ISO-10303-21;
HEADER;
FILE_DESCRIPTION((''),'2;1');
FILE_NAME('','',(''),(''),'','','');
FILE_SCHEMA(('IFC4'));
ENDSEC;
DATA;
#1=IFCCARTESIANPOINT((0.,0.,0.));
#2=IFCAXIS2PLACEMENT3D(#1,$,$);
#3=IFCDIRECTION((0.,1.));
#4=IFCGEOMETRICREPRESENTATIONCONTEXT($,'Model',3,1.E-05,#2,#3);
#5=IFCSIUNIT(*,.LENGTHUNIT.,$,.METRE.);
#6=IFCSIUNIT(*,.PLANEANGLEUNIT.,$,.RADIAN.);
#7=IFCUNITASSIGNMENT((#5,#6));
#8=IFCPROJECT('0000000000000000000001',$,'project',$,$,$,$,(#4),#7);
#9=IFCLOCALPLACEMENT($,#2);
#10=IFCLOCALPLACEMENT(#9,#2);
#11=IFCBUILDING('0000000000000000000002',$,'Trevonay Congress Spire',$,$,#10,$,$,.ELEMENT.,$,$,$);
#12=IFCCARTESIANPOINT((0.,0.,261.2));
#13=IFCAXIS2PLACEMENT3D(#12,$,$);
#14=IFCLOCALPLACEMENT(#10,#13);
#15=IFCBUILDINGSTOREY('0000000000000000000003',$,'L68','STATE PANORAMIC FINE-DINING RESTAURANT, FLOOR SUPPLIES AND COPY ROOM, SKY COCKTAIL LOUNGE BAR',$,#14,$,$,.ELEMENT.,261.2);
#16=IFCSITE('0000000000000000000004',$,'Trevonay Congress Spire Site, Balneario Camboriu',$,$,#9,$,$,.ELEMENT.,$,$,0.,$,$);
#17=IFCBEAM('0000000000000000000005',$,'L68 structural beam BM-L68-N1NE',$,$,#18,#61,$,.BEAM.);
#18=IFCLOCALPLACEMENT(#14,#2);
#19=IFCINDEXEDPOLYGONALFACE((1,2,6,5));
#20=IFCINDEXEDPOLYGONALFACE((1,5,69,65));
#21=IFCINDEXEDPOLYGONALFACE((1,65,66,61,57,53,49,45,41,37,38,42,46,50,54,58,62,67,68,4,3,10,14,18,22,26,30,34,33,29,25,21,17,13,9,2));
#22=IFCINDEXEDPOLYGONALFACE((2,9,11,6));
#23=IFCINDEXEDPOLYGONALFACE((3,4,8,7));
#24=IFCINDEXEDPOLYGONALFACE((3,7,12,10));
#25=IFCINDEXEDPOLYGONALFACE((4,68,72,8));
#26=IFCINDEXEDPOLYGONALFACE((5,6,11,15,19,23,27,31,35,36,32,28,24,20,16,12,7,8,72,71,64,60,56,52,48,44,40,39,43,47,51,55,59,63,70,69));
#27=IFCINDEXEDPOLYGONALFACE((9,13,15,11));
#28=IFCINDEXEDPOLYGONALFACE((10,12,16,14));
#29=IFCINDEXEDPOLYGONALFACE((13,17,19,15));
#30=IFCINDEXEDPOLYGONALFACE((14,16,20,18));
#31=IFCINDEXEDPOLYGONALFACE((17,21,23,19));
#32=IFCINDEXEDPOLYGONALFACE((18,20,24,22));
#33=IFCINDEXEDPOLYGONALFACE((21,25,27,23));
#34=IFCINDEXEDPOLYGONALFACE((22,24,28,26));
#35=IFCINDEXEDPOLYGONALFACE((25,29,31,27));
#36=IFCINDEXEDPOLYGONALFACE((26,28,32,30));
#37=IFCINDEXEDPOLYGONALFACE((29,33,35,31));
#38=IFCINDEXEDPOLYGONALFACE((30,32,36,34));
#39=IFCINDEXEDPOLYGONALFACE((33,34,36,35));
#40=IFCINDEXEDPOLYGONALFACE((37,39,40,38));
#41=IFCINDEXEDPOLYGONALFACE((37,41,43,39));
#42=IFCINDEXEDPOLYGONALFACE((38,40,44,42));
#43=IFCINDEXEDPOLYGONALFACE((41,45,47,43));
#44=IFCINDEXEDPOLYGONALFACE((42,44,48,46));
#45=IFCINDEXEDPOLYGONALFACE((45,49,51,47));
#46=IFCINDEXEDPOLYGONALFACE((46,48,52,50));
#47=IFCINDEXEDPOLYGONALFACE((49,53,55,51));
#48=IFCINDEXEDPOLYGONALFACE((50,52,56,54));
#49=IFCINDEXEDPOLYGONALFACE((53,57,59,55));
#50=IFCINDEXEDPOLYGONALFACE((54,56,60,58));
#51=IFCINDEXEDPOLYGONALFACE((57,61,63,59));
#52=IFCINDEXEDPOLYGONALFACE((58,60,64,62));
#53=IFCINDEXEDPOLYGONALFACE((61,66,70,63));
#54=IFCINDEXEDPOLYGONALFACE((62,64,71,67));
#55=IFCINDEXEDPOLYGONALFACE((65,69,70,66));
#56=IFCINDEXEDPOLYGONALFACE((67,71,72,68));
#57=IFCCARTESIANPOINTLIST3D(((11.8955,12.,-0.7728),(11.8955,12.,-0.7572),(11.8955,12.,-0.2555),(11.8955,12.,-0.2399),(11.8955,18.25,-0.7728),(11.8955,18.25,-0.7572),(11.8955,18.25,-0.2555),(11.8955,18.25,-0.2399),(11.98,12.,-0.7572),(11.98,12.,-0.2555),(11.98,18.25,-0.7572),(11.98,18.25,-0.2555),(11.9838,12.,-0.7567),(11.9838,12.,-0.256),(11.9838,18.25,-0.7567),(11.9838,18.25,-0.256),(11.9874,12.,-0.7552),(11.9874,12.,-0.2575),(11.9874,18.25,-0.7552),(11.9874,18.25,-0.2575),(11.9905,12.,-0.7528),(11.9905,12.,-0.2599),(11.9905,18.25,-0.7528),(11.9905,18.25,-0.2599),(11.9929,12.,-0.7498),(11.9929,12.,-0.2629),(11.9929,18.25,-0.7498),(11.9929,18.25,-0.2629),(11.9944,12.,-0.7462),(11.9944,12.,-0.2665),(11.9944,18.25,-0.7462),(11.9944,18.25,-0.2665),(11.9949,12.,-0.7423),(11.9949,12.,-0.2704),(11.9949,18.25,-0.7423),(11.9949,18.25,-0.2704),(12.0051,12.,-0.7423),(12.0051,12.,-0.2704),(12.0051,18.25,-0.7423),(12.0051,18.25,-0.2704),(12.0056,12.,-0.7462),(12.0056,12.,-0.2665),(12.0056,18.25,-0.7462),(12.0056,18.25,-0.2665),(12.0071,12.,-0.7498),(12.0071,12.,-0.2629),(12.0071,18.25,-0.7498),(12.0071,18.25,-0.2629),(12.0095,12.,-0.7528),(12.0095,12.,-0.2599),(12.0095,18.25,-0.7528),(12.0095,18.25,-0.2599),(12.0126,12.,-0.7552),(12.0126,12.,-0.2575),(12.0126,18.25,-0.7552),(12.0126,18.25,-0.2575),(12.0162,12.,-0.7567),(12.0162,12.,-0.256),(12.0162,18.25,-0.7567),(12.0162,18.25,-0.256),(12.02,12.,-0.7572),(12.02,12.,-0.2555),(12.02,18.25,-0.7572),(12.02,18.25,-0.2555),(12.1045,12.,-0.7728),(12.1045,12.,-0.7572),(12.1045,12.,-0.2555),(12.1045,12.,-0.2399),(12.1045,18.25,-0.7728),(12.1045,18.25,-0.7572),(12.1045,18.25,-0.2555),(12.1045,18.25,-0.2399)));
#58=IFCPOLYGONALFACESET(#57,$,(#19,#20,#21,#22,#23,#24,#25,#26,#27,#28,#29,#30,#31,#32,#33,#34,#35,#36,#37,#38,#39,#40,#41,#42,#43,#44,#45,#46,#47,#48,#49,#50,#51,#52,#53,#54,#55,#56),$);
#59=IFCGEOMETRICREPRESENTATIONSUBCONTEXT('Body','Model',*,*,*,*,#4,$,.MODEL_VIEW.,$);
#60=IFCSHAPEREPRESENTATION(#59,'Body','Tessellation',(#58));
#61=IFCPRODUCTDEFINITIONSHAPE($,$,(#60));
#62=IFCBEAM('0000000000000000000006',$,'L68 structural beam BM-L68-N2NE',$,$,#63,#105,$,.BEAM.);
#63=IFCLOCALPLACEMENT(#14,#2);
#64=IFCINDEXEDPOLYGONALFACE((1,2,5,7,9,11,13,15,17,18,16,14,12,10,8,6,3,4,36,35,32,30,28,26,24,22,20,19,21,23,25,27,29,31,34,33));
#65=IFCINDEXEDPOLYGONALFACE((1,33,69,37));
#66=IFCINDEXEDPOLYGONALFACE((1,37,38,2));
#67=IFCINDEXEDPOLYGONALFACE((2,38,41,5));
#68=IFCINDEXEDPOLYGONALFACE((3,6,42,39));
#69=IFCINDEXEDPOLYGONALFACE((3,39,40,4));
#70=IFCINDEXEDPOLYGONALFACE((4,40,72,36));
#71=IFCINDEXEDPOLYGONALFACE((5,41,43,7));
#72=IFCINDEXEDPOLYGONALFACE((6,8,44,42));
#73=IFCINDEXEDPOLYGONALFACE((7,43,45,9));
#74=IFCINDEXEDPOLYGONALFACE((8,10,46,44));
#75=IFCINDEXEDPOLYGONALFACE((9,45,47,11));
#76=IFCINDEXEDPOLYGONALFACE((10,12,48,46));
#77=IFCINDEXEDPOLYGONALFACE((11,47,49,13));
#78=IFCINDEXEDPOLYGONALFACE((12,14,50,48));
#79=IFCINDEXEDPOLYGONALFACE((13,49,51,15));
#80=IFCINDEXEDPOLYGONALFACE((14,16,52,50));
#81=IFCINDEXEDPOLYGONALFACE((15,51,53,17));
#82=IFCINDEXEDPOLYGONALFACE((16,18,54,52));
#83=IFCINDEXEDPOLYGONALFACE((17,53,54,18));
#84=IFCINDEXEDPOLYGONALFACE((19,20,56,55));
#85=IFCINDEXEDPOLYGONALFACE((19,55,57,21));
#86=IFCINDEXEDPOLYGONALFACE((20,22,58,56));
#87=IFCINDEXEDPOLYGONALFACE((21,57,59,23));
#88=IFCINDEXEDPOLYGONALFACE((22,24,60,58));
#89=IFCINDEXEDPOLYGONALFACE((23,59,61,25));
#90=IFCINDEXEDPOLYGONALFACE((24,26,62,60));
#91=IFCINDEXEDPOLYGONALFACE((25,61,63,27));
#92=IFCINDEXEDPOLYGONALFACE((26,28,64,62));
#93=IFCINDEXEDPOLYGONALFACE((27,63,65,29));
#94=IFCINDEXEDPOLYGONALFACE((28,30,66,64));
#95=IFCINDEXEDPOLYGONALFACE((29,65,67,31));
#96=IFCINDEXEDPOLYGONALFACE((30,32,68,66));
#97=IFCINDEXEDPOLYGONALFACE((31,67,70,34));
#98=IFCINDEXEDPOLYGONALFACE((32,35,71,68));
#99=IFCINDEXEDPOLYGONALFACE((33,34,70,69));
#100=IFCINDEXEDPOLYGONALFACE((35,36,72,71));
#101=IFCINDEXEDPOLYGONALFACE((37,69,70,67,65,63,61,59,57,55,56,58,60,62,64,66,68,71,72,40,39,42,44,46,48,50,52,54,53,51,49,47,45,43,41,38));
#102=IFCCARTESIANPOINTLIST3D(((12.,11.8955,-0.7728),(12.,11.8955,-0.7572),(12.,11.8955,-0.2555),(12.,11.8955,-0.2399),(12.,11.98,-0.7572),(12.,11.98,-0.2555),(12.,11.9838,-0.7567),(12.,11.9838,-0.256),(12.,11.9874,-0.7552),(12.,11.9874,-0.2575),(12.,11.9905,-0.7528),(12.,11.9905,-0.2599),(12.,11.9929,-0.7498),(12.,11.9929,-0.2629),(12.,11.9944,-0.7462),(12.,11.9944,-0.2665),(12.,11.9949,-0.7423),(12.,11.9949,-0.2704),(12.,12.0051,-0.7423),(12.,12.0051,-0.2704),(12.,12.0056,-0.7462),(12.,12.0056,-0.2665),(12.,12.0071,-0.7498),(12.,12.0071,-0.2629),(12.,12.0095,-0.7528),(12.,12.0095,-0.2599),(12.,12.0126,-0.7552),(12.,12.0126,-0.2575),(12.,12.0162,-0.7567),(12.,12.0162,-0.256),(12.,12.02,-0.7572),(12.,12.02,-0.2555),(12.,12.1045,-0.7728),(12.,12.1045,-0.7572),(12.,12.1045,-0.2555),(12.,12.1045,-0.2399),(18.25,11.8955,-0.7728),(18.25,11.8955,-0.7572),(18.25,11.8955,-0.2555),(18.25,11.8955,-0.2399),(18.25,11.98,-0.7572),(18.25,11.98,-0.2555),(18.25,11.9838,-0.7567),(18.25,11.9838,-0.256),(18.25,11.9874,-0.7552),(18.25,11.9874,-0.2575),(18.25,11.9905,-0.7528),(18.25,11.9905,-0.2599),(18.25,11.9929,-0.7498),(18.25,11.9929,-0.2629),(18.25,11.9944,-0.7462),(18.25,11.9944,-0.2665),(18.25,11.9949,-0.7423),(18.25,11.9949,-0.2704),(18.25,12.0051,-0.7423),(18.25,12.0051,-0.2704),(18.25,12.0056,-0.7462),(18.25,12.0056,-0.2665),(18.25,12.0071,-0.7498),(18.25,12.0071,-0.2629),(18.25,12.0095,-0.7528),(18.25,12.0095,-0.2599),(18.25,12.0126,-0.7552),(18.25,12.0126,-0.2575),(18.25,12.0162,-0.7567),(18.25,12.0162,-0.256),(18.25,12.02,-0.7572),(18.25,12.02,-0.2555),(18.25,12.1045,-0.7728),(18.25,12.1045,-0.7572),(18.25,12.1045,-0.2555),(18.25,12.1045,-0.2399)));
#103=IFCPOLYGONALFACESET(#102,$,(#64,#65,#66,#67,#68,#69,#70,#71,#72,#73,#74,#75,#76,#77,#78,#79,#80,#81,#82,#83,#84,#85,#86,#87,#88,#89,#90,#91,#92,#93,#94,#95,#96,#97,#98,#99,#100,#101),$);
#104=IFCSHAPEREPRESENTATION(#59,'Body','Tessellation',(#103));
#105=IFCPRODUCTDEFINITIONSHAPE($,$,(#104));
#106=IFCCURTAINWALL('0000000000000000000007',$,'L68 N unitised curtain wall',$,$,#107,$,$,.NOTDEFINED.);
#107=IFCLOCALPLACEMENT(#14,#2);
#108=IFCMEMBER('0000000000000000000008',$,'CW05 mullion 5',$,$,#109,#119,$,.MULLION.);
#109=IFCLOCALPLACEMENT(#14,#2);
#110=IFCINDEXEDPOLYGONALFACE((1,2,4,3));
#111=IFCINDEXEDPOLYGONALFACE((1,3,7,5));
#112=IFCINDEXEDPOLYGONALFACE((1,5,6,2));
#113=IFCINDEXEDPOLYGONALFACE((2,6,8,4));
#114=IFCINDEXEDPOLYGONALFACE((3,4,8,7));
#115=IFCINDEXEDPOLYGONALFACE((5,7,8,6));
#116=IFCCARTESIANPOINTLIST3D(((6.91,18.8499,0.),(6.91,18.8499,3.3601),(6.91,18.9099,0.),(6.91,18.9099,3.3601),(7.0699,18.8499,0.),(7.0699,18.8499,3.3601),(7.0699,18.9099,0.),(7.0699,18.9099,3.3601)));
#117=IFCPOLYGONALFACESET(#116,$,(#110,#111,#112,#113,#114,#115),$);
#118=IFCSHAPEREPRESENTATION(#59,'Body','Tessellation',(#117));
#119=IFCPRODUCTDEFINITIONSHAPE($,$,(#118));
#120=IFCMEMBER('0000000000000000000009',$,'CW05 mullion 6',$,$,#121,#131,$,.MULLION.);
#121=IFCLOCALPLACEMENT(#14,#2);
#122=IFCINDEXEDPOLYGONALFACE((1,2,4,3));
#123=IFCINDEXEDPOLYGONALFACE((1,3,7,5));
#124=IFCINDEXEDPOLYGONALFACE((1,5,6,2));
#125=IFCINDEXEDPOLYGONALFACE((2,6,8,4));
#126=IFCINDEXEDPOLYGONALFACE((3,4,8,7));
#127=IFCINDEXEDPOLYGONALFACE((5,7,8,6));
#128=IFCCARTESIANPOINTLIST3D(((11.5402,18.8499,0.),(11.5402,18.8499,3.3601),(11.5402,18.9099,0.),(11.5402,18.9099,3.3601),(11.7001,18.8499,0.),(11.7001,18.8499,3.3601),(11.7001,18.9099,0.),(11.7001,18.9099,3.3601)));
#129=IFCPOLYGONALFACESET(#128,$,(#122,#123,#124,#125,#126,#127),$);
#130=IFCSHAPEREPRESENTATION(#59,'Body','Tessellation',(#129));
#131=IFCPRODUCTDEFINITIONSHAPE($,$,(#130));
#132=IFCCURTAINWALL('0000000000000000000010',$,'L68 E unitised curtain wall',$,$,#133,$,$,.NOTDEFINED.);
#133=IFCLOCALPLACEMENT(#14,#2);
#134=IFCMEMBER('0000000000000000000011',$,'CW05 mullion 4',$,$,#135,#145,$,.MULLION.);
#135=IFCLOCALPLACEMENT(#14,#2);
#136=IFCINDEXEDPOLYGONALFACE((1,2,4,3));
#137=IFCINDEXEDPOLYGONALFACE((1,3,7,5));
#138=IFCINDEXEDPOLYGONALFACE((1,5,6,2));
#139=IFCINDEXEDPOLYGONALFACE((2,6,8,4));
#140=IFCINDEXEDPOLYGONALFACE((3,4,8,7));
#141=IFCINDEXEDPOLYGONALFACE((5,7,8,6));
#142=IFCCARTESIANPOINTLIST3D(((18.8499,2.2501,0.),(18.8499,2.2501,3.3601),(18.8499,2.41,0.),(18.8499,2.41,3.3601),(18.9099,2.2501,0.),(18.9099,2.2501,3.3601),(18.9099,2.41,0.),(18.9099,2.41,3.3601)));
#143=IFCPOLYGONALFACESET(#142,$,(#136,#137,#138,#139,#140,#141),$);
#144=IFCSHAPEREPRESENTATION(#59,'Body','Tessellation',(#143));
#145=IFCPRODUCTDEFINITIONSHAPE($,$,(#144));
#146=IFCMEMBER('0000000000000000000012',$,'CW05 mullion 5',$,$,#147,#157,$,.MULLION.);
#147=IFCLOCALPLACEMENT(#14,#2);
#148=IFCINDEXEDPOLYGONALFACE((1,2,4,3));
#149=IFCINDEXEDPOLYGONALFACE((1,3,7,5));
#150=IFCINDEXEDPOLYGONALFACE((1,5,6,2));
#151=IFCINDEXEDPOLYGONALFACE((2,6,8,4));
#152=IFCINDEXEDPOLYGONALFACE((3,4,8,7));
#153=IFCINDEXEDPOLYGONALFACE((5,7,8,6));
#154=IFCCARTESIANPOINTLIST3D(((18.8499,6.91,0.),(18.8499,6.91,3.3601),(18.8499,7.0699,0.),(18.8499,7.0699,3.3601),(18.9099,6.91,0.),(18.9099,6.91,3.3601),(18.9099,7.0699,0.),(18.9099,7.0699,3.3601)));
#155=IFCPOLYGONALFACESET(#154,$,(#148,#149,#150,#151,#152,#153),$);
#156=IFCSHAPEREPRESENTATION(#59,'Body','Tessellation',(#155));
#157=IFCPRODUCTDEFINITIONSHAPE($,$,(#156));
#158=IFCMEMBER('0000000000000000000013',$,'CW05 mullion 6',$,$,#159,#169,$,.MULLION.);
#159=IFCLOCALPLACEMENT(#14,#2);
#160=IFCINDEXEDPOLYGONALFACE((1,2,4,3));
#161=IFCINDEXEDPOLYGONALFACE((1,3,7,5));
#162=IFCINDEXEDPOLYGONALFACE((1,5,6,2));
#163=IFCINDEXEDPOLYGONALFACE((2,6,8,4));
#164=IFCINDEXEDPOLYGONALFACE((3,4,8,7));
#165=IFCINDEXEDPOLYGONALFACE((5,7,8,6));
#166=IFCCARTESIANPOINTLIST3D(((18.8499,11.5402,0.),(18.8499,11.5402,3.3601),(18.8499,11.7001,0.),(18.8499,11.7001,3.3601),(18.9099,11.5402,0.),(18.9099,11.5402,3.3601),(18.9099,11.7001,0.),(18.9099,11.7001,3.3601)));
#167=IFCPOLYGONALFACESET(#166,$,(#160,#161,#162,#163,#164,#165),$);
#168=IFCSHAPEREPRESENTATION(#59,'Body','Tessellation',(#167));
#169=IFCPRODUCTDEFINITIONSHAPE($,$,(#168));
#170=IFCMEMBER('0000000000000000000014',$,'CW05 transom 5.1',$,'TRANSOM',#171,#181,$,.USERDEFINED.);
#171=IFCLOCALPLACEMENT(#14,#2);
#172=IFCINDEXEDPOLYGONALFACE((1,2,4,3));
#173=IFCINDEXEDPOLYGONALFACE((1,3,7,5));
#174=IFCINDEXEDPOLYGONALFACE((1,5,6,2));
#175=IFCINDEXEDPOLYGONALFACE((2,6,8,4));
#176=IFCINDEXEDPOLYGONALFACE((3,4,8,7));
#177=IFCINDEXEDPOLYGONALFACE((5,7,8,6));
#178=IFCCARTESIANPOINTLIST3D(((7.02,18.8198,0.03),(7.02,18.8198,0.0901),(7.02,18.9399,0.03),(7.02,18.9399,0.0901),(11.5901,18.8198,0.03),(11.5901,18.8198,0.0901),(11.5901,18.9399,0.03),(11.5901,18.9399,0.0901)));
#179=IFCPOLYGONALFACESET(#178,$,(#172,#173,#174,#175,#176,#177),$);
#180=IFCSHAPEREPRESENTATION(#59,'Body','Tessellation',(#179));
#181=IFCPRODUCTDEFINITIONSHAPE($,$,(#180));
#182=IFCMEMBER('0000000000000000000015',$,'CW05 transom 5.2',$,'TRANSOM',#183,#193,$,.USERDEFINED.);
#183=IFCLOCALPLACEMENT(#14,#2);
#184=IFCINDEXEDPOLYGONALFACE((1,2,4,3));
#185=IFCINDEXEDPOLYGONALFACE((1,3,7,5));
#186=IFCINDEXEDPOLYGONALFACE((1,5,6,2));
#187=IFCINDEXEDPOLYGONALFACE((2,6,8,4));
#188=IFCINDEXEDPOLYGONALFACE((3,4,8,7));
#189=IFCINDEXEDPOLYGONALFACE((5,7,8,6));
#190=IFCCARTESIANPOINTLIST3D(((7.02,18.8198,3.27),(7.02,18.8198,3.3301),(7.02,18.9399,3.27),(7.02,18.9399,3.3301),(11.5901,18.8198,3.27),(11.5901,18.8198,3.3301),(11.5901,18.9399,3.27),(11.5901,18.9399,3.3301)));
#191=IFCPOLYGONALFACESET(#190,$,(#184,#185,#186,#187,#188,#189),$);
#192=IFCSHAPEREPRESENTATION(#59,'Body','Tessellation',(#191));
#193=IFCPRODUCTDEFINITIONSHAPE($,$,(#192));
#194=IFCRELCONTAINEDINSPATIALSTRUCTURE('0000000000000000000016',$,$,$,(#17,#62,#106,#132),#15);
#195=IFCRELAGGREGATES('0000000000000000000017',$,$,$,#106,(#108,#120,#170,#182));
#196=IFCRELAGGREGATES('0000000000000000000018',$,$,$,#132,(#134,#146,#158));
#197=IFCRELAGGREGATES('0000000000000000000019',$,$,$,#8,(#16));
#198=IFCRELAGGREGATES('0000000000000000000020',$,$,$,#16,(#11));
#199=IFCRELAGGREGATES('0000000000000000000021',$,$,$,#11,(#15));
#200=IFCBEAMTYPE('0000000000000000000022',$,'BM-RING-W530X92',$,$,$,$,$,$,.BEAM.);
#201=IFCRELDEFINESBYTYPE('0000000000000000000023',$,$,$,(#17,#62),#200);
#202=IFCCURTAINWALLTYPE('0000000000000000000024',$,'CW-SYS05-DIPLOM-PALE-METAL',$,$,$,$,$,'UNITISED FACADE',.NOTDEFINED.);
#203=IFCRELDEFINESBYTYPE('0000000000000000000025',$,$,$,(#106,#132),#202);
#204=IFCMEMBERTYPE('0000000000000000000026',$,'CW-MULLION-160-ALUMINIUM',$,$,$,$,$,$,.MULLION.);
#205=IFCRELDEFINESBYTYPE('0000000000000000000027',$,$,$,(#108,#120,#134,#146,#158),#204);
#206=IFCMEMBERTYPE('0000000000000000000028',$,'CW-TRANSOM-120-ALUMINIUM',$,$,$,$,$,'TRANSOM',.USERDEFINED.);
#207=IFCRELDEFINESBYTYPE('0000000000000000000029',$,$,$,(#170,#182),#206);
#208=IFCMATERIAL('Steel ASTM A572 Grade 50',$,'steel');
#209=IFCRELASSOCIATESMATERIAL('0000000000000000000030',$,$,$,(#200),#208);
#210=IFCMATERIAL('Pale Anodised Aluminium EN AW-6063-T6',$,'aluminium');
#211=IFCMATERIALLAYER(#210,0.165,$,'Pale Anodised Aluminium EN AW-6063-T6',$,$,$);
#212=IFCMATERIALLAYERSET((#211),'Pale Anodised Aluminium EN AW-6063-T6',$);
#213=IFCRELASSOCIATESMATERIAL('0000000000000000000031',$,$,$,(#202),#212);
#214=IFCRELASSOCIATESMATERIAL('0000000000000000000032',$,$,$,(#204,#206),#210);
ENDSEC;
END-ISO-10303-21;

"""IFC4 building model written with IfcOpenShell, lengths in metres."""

from ifc_helpers import new_model, si_unit, direction, frame, origin, origin_2d, place, context, subcontext, project, spatial, rectangle, i_section, extrude, material, layer, layer_set, material_profile, profile_set, type_object, element, aggregate, save


model = new_model("IFC4")

# Units and contexts
model_context = context("Model", 3, precision=1e-05, world=origin(), true_north=direction((0.0, 1.0)))
body_context = subcontext(model_context, "Body", "Model", "MODEL_VIEW")
ifc_project = project(units=[si_unit("LENGTHUNIT", "METRE"), si_unit("PLANEANGLEUNIT", "RADIAN")], contexts=[model_context])

# Site, building, storey
site_placement = place(None, origin())
site = spatial("IfcSite", under=ifc_project, at=site_placement, Name="Trevonay Congress Spire Site, Balneario Camboriu", CompositionType="ELEMENT", RefElevation=0.0)
building_placement = place(site_placement, origin())
building = spatial("IfcBuilding", under=site, at=building_placement, Name="Trevonay Congress Spire", CompositionType="ELEMENT")
storey_placement = place(building_placement, frame((0.0, 0.0, 261.2)))
storey = spatial("IfcBuildingStorey", under=building, at=storey_placement, Name="L68", Description="STATE PANORAMIC FINE-DINING RESTAURANT, FLOOR SUPPLIES AND COPY ROOM, SKY COCKTAIL LOUNGE BAR", CompositionType="ELEMENT", Elevation=261.2)

# Shared definitions
ifc_material_1 = material(Name="Steel ASTM A572 Grade 50", Category="steel")

# Beams
ifc_material_profile_1 = material_profile(ifc_material_1, i_section(OverallWidth=0.209, OverallDepth=0.533, WebThickness=0.0103, FlangeThickness=0.0156, FilletRadius=0.0149, at=origin_2d()), Name="W530x92")
ifc_profile_set_1 = profile_set([ifc_material_profile_1], Name="Steel ASTM A572 Grade 50")
beam_type_1 = type_object("IfcBeamType", Name="BM-RING-W530X92", PredefinedType="BEAM", material=ifc_profile_set_1)
for number, where, z_axis, x_axis, name in (
    (1, (12.0, 18.25, -0.5063), (0.0, -1.0, 0.0), (1.0, 0.0, 0.0), "L68 structural beam BM-L68-N1NE"),
    (2, (18.25, 12.0, -0.5063), (-1.0, 0.0, 0.0), (0.0, -1.0, 0.0), "L68 structural beam BM-L68-N2NE"),
):
    element("IfcBeam", number, at=place(storey_placement, frame(where, z_axis=z_axis, x_axis=x_axis)), inside=storey, type_object=beam_type_1, Name=name, PredefinedType="BEAM", context=body_context, shape_type="SweptSolid", body=[
        extrude(i_section(OverallWidth=0.209, OverallDepth=0.533, WebThickness=0.0103, FlangeThickness=0.0156, FilletRadius=0.0149, at=origin_2d()), origin(), (0.0, 0.0, 1.0), 6.25),
    ])

# Curtain walls, members
ifc_material_2 = material(Name="Pale Anodised Aluminium EN AW-6063-T6", Category="aluminium")
ifc_layer_1 = layer(ifc_material_2, 0.165, Name="Pale Anodised Aluminium EN AW-6063-T6")
ifc_layer_set_1 = layer_set([ifc_layer_1], Name="Pale Anodised Aluminium EN AW-6063-T6")
curtain_wall_type = type_object("IfcCurtainWallType", Name="CW-SYS05-DIPLOM-PALE-METAL", ElementType="UNITISED FACADE", PredefinedType="NOTDEFINED", material=ifc_layer_set_1)
curtain_wall_1_placement = place(storey_placement, origin())
curtain_wall_1 = element("IfcCurtainWall", 3, at=curtain_wall_1_placement, inside=storey, type_object=curtain_wall_type, Name="L68 N unitised curtain wall", PredefinedType="NOTDEFINED")
ifc_material_profile_2 = material_profile(ifc_material_2, rectangle(XDim=0.0601, YDim=0.1599, at=origin_2d()), Name="CW-MULLION-160-ALUMINIUM")
ifc_profile_set_2 = profile_set([ifc_material_profile_2], Name="Pale Anodised Aluminium EN AW-6063-T6")
member_type_1 = type_object("IfcMemberType", Name="CW-MULLION-160-ALUMINIUM", PredefinedType="MULLION", material=ifc_profile_set_2)
member_1_placement = place(storey_placement, frame((6.99, 18.8799, 0.0), z_axis=(0.0, 0.0, 1.0), x_axis=(0.0, 1.0, 0.0)))
member_1 = element("IfcMember", 4, at=member_1_placement, type_object=member_type_1, Name="CW05 mullion 5", PredefinedType="MULLION", context=body_context, shape_type="SweptSolid", body=[
    extrude(rectangle(XDim=0.0601, YDim=0.1599, at=origin_2d()), origin(), (0.0, 0.0, 1.0), 3.3601),
])
member_2_placement = place(storey_placement, frame((11.6201, 18.8799, 0.0), z_axis=(0.0, 0.0, 1.0), x_axis=(0.0, 1.0, 0.0)))
member_2 = element("IfcMember", 5, at=member_2_placement, type_object=member_type_1, Name="CW05 mullion 6", PredefinedType="MULLION", context=body_context, shape_type="SweptSolid", body=[
    extrude(rectangle(XDim=0.0601, YDim=0.1599, at=origin_2d()), origin(), (0.0, 0.0, 1.0), 3.3601),
])
curtain_wall_2_placement = place(storey_placement, origin())
curtain_wall_2 = element("IfcCurtainWall", 6, at=curtain_wall_2_placement, inside=storey, type_object=curtain_wall_type, Name="L68 E unitised curtain wall", PredefinedType="NOTDEFINED")
member_3_placement = place(storey_placement, frame((18.8799, 2.3301, 0.0), z_axis=(0.0, 0.0, 1.0), x_axis=(-1.0, 0.0, 0.0)))
member_3 = element("IfcMember", 7, at=member_3_placement, type_object=member_type_1, Name="CW05 mullion 4", PredefinedType="MULLION", context=body_context, shape_type="SweptSolid", body=[
    extrude(rectangle(XDim=0.0601, YDim=0.1599, at=origin_2d()), origin(), (0.0, 0.0, 1.0), 3.3601),
])
member_4_placement = place(storey_placement, frame((18.8799, 6.99, 0.0), z_axis=(0.0, 0.0, 1.0), x_axis=(-1.0, 0.0, 0.0)))
member_4 = element("IfcMember", 8, at=member_4_placement, type_object=member_type_1, Name="CW05 mullion 5", PredefinedType="MULLION", context=body_context, shape_type="SweptSolid", body=[
    extrude(rectangle(XDim=0.0601, YDim=0.1599, at=origin_2d()), origin(), (0.0, 0.0, 1.0), 3.3601),
])
member_5_placement = place(storey_placement, frame((18.8799, 11.6201, 0.0), z_axis=(0.0, 0.0, 1.0), x_axis=(-1.0, 0.0, 0.0)))
member_5 = element("IfcMember", 9, at=member_5_placement, type_object=member_type_1, Name="CW05 mullion 6", PredefinedType="MULLION", context=body_context, shape_type="SweptSolid", body=[
    extrude(rectangle(XDim=0.0601, YDim=0.1599, at=origin_2d()), origin(), (0.0, 0.0, 1.0), 3.3601),
])

# Members
ifc_material_profile_3 = material_profile(ifc_material_2, rectangle(XDim=0.1201, YDim=0.0601, at=origin_2d()), Name="CW-TRANSOM-120-ALUMINIUM")
ifc_profile_set_3 = profile_set([ifc_material_profile_3], Name="Pale Anodised Aluminium EN AW-6063-T6")
member_type_2 = type_object("IfcMemberType", Name="CW-TRANSOM-120-ALUMINIUM", ElementType="TRANSOM", PredefinedType="USERDEFINED", material=ifc_profile_set_3)
member_6_placement = place(storey_placement, frame((7.02, 18.8799, 0.0601), z_axis=(1.0, 0.0, 0.0), x_axis=(0.0, 1.0, 0.0)))
member_6 = element("IfcMember", 10, at=member_6_placement, type_object=member_type_2, Name="CW05 transom 5.1", ObjectType="TRANSOM", PredefinedType="USERDEFINED", context=body_context, shape_type="SweptSolid", body=[
    extrude(rectangle(XDim=0.1201, YDim=0.0601, at=origin_2d()), origin(), (0.0, 0.0, 1.0), 4.5701),
])
member_7_placement = place(storey_placement, frame((7.02, 18.8799, 3.3), z_axis=(1.0, 0.0, 0.0), x_axis=(0.0, 1.0, 0.0)))
member_7 = element("IfcMember", 11, at=member_7_placement, type_object=member_type_2, Name="CW05 transom 5.2", ObjectType="TRANSOM", PredefinedType="USERDEFINED", context=body_context, shape_type="SweptSolid", body=[
    extrude(rectangle(XDim=0.1201, YDim=0.0601, at=origin_2d()), origin(), (0.0, 0.0, 1.0), 4.5701),
])

aggregate(curtain_wall_1, [member_1, member_2, member_6, member_7])
aggregate(curtain_wall_2, [member_3, member_4, member_5])

save(model, "model.ifc")
